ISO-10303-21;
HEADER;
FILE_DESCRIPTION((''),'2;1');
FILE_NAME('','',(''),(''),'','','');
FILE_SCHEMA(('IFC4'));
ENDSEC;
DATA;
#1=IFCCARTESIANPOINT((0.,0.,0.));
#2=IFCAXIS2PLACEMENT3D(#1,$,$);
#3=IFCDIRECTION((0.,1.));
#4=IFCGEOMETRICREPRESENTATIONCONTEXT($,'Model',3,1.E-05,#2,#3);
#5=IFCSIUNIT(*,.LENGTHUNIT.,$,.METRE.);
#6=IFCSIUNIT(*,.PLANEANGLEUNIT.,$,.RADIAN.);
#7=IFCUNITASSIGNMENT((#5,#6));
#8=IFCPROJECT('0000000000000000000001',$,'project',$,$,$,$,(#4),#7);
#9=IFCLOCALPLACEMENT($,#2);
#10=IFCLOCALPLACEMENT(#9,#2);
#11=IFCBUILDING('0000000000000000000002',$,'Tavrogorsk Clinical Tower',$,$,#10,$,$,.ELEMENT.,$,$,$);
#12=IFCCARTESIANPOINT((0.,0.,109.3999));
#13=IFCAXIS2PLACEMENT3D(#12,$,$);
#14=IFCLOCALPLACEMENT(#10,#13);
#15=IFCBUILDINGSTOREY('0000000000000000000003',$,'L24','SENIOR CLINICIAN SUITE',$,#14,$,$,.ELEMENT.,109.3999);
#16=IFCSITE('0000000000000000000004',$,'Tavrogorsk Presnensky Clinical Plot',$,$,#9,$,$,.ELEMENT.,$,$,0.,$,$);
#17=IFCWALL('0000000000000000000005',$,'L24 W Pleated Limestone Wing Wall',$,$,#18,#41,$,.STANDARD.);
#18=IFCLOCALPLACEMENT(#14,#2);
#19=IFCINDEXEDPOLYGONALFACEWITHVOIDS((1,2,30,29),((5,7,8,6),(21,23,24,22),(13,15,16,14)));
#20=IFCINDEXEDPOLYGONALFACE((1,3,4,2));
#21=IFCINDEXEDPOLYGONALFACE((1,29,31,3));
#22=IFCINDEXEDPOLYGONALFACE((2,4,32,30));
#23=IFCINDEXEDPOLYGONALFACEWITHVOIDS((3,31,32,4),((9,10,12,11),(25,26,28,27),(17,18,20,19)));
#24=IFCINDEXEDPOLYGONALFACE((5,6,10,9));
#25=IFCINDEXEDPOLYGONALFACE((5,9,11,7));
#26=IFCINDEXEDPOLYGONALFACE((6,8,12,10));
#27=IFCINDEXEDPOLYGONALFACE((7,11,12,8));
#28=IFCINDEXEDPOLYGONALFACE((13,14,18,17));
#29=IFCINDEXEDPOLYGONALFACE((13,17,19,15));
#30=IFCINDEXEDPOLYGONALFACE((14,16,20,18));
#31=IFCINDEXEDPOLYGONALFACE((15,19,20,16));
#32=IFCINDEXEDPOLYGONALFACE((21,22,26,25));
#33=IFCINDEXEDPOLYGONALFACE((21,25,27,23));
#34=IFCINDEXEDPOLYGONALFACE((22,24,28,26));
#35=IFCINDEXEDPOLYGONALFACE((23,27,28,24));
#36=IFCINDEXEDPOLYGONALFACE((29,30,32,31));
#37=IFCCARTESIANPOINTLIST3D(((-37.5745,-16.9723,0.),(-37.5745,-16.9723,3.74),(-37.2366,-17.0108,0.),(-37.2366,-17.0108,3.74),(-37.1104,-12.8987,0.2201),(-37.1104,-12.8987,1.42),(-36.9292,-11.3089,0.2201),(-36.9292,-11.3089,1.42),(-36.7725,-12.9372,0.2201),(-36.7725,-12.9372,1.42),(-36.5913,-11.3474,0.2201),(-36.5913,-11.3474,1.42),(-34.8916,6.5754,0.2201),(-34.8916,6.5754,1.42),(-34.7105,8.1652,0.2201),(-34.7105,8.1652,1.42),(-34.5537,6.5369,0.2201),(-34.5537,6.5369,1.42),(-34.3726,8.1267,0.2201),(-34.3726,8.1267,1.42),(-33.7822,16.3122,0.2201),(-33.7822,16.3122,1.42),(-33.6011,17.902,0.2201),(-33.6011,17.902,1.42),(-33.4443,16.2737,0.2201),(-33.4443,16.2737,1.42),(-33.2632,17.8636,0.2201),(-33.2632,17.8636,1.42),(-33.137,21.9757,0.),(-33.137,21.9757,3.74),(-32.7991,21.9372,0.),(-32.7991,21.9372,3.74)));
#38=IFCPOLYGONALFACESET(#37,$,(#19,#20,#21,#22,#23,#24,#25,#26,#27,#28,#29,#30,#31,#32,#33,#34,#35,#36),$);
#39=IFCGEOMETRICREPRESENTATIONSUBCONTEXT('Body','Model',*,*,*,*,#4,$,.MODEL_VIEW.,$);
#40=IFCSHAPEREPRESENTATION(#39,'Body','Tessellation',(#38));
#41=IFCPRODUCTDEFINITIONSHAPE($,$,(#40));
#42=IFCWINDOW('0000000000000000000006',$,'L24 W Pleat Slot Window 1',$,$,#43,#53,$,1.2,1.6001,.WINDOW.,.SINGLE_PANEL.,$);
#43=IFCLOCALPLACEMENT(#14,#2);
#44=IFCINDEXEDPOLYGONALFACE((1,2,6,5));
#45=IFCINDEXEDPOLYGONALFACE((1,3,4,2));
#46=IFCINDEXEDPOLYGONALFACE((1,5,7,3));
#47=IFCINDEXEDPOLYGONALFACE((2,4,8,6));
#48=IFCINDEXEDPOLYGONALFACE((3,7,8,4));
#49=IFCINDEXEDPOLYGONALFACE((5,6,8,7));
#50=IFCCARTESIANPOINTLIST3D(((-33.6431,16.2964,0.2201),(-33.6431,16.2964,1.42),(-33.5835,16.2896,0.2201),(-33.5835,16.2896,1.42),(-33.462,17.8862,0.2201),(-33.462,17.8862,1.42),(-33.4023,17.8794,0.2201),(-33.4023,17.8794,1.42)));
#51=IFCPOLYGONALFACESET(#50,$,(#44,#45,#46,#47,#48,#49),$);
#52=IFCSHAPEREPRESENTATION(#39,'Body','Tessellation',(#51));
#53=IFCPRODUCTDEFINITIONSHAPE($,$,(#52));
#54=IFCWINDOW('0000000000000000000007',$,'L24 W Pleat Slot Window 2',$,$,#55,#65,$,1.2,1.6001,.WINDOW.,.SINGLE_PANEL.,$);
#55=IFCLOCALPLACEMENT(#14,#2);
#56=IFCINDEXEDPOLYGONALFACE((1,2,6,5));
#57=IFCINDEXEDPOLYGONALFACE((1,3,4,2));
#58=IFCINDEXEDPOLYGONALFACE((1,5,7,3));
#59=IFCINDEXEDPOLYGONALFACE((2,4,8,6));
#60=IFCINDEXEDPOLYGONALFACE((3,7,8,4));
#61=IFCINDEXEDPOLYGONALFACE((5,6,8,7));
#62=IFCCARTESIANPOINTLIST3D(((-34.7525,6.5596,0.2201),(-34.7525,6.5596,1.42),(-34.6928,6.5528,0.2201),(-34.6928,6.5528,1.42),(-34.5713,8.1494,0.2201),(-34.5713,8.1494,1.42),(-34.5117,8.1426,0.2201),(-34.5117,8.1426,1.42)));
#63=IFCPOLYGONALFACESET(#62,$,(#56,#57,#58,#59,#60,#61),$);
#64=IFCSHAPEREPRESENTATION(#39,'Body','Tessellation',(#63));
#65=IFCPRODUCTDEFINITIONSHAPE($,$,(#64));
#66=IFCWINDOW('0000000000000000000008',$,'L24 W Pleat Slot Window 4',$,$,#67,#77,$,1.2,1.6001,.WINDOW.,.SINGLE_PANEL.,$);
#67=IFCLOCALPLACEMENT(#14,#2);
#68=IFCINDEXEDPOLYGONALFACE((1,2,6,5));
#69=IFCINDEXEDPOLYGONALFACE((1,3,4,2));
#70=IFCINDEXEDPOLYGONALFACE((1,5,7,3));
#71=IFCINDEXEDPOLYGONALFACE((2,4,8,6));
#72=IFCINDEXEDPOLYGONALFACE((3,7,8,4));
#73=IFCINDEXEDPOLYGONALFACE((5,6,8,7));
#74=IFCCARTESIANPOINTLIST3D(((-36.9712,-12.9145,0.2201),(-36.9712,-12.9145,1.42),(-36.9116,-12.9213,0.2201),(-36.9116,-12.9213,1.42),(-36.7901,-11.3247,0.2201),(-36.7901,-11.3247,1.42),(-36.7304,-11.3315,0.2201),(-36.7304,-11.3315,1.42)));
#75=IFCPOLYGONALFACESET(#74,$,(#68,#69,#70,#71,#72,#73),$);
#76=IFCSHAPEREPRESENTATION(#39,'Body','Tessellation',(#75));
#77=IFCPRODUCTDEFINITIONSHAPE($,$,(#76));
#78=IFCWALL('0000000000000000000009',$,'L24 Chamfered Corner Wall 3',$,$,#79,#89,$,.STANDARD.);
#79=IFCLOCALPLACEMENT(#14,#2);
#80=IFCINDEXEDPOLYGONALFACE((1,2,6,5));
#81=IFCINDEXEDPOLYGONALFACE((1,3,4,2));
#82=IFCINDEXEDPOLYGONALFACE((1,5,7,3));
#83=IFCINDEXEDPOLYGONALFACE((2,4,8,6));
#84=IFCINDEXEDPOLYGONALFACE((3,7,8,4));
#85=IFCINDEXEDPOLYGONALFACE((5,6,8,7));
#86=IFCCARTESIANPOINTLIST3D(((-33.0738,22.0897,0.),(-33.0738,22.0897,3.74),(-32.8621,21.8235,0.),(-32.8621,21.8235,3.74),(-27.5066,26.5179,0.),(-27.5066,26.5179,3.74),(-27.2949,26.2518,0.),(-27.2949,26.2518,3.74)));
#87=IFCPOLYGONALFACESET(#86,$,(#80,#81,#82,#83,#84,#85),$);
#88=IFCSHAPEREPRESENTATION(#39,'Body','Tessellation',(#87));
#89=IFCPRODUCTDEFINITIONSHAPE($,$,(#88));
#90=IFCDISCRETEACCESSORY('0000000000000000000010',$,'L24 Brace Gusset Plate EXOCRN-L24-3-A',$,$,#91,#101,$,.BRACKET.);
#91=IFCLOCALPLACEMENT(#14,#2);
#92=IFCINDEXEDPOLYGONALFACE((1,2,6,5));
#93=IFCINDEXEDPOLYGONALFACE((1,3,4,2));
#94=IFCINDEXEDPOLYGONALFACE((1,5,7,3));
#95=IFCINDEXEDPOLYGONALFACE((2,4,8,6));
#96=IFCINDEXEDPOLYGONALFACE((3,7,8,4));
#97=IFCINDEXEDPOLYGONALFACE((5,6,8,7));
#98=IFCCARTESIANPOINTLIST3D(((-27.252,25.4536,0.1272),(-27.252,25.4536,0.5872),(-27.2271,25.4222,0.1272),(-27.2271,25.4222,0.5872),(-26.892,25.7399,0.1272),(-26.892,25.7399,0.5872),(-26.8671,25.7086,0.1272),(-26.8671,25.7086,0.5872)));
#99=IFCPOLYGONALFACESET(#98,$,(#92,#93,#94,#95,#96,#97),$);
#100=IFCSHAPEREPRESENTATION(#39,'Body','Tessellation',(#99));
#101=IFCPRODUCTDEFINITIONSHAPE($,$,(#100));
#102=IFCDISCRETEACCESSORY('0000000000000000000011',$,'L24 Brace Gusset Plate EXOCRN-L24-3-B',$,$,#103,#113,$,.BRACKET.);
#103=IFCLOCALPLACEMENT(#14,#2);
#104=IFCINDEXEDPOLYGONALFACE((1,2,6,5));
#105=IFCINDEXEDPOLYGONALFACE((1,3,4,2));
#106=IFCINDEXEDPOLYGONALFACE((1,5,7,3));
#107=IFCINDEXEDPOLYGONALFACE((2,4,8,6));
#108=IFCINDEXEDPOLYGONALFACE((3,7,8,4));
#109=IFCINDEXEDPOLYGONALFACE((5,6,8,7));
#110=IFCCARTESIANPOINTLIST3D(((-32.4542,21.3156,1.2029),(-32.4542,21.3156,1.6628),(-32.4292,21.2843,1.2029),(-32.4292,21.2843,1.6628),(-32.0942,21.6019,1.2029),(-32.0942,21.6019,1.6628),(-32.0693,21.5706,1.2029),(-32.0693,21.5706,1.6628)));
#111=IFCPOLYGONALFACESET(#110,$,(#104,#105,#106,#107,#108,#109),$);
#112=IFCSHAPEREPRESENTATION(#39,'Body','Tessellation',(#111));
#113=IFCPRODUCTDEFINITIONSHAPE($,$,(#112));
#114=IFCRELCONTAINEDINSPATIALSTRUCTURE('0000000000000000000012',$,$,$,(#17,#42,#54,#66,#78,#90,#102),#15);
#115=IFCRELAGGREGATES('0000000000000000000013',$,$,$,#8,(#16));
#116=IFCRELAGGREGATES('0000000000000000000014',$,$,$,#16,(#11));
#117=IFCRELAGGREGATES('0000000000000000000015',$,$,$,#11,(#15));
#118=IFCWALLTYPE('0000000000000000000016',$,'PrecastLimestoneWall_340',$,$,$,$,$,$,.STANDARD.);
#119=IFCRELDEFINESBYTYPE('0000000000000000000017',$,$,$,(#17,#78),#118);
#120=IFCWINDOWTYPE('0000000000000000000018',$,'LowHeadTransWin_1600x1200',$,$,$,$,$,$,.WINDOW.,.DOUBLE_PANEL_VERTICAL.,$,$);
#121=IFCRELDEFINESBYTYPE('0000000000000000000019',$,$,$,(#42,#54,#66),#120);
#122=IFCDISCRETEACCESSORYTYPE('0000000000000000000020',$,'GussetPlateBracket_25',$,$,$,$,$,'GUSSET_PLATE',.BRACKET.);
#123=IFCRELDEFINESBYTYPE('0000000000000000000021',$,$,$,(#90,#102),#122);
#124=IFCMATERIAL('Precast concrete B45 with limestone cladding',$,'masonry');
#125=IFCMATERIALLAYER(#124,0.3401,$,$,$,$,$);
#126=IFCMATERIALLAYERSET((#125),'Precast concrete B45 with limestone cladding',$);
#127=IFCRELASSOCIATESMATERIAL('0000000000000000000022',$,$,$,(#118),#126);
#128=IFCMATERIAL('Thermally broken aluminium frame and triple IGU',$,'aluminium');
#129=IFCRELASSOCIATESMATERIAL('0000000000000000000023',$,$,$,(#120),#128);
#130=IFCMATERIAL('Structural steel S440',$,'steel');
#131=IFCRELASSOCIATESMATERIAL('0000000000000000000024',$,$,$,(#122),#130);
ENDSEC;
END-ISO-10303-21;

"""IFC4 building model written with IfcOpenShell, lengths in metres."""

from ifc_helpers import new_model, si_unit, direction, frame, frame_2d, origin, origin_2d, place, context, subcontext, project, spatial, rectangle, extrude, material, layer, layer_set, type_object, element, fill, save


model = new_model("IFC4")

# Units and contexts
model_context = context("Model", 3, precision=1e-05, world=origin(), true_north=direction((0.0, 1.0)))
body_context = subcontext(model_context, "Body", "Model", "MODEL_VIEW")
ifc_project = project(units=[si_unit("LENGTHUNIT", "METRE"), si_unit("PLANEANGLEUNIT", "RADIAN")], contexts=[model_context])

# Site, building, storey
site_placement = place(None, origin())
site = spatial("IfcSite", under=ifc_project, at=site_placement, Name="Tavrogorsk Presnensky Clinical Plot", CompositionType="ELEMENT", RefElevation=0.0)
building_placement = place(site_placement, origin())
building = spatial("IfcBuilding", under=site, at=building_placement, Name="Tavrogorsk Clinical Tower", CompositionType="ELEMENT")
storey_placement = place(building_placement, frame((0.0, 0.0, 109.3999)))
storey = spatial("IfcBuildingStorey", under=building, at=storey_placement, Name="L24", Description="SENIOR CLINICIAN SUITE", CompositionType="ELEMENT", Elevation=109.3999)

# Wall, openings, windows
ifc_material_1 = material(Name="Precast concrete B45 with limestone cladding", Category="masonry")
ifc_layer_1 = layer(ifc_material_1, 0.3401)
ifc_layer_set_1 = layer_set([ifc_layer_1], Name="Precast concrete B45 with limestone cladding")
wall_type_1 = type_object("IfcWallType", Name="PrecastLimestoneWall_340", PredefinedType="STANDARD", material=ifc_layer_set_1)
wall_1_placement = place(storey_placement, frame((-32.968, 21.9565, 0.0), z_axis=(0.0, 0.0, 1.0), x_axis=(-0.113202, -0.993572, 0.0)))
wall_1 = element("IfcWall", 1, at=wall_1_placement, inside=storey, type_object=wall_type_1, Name="L24 W Pleated Limestone Wing Wall", PredefinedType="STANDARD", context=body_context, shape_type="SweptSolid", body=[
    extrude(rectangle(XDim=39.2, YDim=0.3401, at=frame_2d((19.6001, 0.0))), origin(), (0.0, 0.0, 1.0), 3.74),
])
opening_1_placement = place(wall_1_placement, frame((4.1001, 0.0, 0.22)))
opening_1 = element("IfcOpeningElement", 2, at=opening_1_placement, cuts=wall_1, PredefinedType="OPENING", context=body_context, shape_type="SweptSolid", body=[
    extrude(rectangle(XDim=1.6001, YDim=1.2, at=frame_2d((0.8, 0.6001))), frame((0.0, 0.1799, 0.0), z_axis=(0.0, -1.0, 0.0), x_axis=(1.0, 0.0, 0.0)), (0.0, 0.0, 1.0), 0.3601),
])
opening_2_placement = place(wall_1_placement, frame((13.8999, 0.0, 0.22)))
opening_2 = element("IfcOpeningElement", 3, at=opening_2_placement, cuts=wall_1, PredefinedType="OPENING", context=body_context, shape_type="SweptSolid", body=[
    extrude(rectangle(XDim=1.6001, YDim=1.2, at=frame_2d((0.8, 0.6001))), frame((0.0, 0.1799, 0.0), z_axis=(0.0, -1.0, 0.0), x_axis=(1.0, 0.0, 0.0)), (0.0, 0.0, 1.0), 0.3601),
])
opening_3_placement = place(wall_1_placement, frame((33.5, 0.0, 0.22)))
opening_3 = element("IfcOpeningElement", 4, at=opening_3_placement, cuts=wall_1, PredefinedType="OPENING", context=body_context, shape_type="SweptSolid", body=[
    extrude(rectangle(XDim=1.6001, YDim=1.2, at=frame_2d((0.8, 0.6001))), frame((0.0, 0.1799, 0.0), z_axis=(0.0, -1.0, 0.0), x_axis=(1.0, 0.0, 0.0)), (0.0, 0.0, 1.0), 0.3601),
])
ifc_material_2 = material(Name="Thermally broken aluminium frame and triple IGU", Category="aluminium")
window_type = type_object("IfcWindowType", Name="LowHeadTransWin_1600x1200", PartitioningType="DOUBLE_PANEL_VERTICAL", PredefinedType="WINDOW", material=ifc_material_2)
window_1_placement = place(opening_1_placement, origin())
window_1 = element("IfcWindow", 5, at=window_1_placement, inside=storey, type_object=window_type, Name="L24 W Pleat Slot Window 1", OverallHeight=1.2, OverallWidth=1.6001, PartitioningType="SINGLE_PANEL", PredefinedType="WINDOW", context=body_context, shape_type="SweptSolid", body=[
    extrude(rectangle(XDim=1.6001, YDim=1.2, at=frame_2d((0.8, 0.6001))), frame((0.0, 0.03, 0.0), z_axis=(0.0, -1.0, 0.0), x_axis=(1.0, 0.0, 0.0)), (0.0, 0.0, 1.0), 0.0601),
])
fill(opening_1, window_1)
window_2_placement = place(opening_2_placement, origin())
window_2 = element("IfcWindow", 6, at=window_2_placement, inside=storey, type_object=window_type, Name="L24 W Pleat Slot Window 2", OverallHeight=1.2, OverallWidth=1.6001, PartitioningType="SINGLE_PANEL", PredefinedType="WINDOW", context=body_context, shape_type="SweptSolid", body=[
    extrude(rectangle(XDim=1.6001, YDim=1.2, at=frame_2d((0.8, 0.6001))), frame((0.0, 0.03, 0.0), z_axis=(0.0, -1.0, 0.0), x_axis=(1.0, 0.0, 0.0)), (0.0, 0.0, 1.0), 0.0601),
])
fill(opening_2, window_2)
window_3_placement = place(opening_3_placement, origin())
window_3 = element("IfcWindow", 7, at=window_3_placement, inside=storey, type_object=window_type, Name="L24 W Pleat Slot Window 4", OverallHeight=1.2, OverallWidth=1.6001, PartitioningType="SINGLE_PANEL", PredefinedType="WINDOW", context=body_context, shape_type="SweptSolid", body=[
    extrude(rectangle(XDim=1.6001, YDim=1.2, at=frame_2d((0.8, 0.6001))), frame((0.0, 0.03, 0.0), z_axis=(0.0, -1.0, 0.0), x_axis=(1.0, 0.0, 0.0)), (0.0, 0.0, 1.0), 0.0601),
])
fill(opening_3, window_3)

# Wall
wall_2_placement = place(storey_placement, frame((-27.4009, 26.3848, 0.0), z_axis=(0.0, 0.0, 1.0), x_axis=(-0.782614, -0.622508, 0.0)))
element("IfcWall", 8, at=wall_2_placement, inside=storey, type_object=wall_type_1, Name="L24 Chamfered Corner Wall 3", PredefinedType="STANDARD", context=body_context, shape_type="SweptSolid", body=[
    extrude(rectangle(XDim=7.1135, YDim=0.3401, at=frame_2d((3.5566, 0.0))), origin(), (0.0, 0.0, 1.0), 3.74),
])

# Discrete accessories
ifc_material_3 = material(Name="Structural steel S440", Category="steel")
discrete_accessory_type = type_object("IfcDiscreteAccessoryType", Name="GussetPlateBracket_25", ElementType="GUSSET_PLATE", PredefinedType="BRACKET", material=ifc_material_3)
for number, where, z_axis, x_axis, name in (
    (9, (-27.0596, 25.5811, 0.1272), (0.0, 0.0, 1.0), (-0.782608, -0.622515, 0.0), "L24 Brace Gusset Plate EXOCRN-L24-3-A"),
    (10, (-32.2617, 21.4431, 1.2029), (0.0, 0.0, 1.0), (-0.782608, -0.622515, 0.0), "L24 Brace Gusset Plate EXOCRN-L24-3-B"),
):
    element("IfcDiscreteAccessory", number, at=place(storey_placement, frame(where, z_axis=z_axis, x_axis=x_axis)), inside=storey, type_object=discrete_accessory_type, Name=name, PredefinedType="BRACKET", context=body_context, shape_type="SweptSolid", body=[
        extrude(rectangle(XDim=0.46, YDim=0.04, at=origin_2d()), origin(), (0.0, 0.0, 1.0), 0.46),
    ])

save(model, "model.ifc")
